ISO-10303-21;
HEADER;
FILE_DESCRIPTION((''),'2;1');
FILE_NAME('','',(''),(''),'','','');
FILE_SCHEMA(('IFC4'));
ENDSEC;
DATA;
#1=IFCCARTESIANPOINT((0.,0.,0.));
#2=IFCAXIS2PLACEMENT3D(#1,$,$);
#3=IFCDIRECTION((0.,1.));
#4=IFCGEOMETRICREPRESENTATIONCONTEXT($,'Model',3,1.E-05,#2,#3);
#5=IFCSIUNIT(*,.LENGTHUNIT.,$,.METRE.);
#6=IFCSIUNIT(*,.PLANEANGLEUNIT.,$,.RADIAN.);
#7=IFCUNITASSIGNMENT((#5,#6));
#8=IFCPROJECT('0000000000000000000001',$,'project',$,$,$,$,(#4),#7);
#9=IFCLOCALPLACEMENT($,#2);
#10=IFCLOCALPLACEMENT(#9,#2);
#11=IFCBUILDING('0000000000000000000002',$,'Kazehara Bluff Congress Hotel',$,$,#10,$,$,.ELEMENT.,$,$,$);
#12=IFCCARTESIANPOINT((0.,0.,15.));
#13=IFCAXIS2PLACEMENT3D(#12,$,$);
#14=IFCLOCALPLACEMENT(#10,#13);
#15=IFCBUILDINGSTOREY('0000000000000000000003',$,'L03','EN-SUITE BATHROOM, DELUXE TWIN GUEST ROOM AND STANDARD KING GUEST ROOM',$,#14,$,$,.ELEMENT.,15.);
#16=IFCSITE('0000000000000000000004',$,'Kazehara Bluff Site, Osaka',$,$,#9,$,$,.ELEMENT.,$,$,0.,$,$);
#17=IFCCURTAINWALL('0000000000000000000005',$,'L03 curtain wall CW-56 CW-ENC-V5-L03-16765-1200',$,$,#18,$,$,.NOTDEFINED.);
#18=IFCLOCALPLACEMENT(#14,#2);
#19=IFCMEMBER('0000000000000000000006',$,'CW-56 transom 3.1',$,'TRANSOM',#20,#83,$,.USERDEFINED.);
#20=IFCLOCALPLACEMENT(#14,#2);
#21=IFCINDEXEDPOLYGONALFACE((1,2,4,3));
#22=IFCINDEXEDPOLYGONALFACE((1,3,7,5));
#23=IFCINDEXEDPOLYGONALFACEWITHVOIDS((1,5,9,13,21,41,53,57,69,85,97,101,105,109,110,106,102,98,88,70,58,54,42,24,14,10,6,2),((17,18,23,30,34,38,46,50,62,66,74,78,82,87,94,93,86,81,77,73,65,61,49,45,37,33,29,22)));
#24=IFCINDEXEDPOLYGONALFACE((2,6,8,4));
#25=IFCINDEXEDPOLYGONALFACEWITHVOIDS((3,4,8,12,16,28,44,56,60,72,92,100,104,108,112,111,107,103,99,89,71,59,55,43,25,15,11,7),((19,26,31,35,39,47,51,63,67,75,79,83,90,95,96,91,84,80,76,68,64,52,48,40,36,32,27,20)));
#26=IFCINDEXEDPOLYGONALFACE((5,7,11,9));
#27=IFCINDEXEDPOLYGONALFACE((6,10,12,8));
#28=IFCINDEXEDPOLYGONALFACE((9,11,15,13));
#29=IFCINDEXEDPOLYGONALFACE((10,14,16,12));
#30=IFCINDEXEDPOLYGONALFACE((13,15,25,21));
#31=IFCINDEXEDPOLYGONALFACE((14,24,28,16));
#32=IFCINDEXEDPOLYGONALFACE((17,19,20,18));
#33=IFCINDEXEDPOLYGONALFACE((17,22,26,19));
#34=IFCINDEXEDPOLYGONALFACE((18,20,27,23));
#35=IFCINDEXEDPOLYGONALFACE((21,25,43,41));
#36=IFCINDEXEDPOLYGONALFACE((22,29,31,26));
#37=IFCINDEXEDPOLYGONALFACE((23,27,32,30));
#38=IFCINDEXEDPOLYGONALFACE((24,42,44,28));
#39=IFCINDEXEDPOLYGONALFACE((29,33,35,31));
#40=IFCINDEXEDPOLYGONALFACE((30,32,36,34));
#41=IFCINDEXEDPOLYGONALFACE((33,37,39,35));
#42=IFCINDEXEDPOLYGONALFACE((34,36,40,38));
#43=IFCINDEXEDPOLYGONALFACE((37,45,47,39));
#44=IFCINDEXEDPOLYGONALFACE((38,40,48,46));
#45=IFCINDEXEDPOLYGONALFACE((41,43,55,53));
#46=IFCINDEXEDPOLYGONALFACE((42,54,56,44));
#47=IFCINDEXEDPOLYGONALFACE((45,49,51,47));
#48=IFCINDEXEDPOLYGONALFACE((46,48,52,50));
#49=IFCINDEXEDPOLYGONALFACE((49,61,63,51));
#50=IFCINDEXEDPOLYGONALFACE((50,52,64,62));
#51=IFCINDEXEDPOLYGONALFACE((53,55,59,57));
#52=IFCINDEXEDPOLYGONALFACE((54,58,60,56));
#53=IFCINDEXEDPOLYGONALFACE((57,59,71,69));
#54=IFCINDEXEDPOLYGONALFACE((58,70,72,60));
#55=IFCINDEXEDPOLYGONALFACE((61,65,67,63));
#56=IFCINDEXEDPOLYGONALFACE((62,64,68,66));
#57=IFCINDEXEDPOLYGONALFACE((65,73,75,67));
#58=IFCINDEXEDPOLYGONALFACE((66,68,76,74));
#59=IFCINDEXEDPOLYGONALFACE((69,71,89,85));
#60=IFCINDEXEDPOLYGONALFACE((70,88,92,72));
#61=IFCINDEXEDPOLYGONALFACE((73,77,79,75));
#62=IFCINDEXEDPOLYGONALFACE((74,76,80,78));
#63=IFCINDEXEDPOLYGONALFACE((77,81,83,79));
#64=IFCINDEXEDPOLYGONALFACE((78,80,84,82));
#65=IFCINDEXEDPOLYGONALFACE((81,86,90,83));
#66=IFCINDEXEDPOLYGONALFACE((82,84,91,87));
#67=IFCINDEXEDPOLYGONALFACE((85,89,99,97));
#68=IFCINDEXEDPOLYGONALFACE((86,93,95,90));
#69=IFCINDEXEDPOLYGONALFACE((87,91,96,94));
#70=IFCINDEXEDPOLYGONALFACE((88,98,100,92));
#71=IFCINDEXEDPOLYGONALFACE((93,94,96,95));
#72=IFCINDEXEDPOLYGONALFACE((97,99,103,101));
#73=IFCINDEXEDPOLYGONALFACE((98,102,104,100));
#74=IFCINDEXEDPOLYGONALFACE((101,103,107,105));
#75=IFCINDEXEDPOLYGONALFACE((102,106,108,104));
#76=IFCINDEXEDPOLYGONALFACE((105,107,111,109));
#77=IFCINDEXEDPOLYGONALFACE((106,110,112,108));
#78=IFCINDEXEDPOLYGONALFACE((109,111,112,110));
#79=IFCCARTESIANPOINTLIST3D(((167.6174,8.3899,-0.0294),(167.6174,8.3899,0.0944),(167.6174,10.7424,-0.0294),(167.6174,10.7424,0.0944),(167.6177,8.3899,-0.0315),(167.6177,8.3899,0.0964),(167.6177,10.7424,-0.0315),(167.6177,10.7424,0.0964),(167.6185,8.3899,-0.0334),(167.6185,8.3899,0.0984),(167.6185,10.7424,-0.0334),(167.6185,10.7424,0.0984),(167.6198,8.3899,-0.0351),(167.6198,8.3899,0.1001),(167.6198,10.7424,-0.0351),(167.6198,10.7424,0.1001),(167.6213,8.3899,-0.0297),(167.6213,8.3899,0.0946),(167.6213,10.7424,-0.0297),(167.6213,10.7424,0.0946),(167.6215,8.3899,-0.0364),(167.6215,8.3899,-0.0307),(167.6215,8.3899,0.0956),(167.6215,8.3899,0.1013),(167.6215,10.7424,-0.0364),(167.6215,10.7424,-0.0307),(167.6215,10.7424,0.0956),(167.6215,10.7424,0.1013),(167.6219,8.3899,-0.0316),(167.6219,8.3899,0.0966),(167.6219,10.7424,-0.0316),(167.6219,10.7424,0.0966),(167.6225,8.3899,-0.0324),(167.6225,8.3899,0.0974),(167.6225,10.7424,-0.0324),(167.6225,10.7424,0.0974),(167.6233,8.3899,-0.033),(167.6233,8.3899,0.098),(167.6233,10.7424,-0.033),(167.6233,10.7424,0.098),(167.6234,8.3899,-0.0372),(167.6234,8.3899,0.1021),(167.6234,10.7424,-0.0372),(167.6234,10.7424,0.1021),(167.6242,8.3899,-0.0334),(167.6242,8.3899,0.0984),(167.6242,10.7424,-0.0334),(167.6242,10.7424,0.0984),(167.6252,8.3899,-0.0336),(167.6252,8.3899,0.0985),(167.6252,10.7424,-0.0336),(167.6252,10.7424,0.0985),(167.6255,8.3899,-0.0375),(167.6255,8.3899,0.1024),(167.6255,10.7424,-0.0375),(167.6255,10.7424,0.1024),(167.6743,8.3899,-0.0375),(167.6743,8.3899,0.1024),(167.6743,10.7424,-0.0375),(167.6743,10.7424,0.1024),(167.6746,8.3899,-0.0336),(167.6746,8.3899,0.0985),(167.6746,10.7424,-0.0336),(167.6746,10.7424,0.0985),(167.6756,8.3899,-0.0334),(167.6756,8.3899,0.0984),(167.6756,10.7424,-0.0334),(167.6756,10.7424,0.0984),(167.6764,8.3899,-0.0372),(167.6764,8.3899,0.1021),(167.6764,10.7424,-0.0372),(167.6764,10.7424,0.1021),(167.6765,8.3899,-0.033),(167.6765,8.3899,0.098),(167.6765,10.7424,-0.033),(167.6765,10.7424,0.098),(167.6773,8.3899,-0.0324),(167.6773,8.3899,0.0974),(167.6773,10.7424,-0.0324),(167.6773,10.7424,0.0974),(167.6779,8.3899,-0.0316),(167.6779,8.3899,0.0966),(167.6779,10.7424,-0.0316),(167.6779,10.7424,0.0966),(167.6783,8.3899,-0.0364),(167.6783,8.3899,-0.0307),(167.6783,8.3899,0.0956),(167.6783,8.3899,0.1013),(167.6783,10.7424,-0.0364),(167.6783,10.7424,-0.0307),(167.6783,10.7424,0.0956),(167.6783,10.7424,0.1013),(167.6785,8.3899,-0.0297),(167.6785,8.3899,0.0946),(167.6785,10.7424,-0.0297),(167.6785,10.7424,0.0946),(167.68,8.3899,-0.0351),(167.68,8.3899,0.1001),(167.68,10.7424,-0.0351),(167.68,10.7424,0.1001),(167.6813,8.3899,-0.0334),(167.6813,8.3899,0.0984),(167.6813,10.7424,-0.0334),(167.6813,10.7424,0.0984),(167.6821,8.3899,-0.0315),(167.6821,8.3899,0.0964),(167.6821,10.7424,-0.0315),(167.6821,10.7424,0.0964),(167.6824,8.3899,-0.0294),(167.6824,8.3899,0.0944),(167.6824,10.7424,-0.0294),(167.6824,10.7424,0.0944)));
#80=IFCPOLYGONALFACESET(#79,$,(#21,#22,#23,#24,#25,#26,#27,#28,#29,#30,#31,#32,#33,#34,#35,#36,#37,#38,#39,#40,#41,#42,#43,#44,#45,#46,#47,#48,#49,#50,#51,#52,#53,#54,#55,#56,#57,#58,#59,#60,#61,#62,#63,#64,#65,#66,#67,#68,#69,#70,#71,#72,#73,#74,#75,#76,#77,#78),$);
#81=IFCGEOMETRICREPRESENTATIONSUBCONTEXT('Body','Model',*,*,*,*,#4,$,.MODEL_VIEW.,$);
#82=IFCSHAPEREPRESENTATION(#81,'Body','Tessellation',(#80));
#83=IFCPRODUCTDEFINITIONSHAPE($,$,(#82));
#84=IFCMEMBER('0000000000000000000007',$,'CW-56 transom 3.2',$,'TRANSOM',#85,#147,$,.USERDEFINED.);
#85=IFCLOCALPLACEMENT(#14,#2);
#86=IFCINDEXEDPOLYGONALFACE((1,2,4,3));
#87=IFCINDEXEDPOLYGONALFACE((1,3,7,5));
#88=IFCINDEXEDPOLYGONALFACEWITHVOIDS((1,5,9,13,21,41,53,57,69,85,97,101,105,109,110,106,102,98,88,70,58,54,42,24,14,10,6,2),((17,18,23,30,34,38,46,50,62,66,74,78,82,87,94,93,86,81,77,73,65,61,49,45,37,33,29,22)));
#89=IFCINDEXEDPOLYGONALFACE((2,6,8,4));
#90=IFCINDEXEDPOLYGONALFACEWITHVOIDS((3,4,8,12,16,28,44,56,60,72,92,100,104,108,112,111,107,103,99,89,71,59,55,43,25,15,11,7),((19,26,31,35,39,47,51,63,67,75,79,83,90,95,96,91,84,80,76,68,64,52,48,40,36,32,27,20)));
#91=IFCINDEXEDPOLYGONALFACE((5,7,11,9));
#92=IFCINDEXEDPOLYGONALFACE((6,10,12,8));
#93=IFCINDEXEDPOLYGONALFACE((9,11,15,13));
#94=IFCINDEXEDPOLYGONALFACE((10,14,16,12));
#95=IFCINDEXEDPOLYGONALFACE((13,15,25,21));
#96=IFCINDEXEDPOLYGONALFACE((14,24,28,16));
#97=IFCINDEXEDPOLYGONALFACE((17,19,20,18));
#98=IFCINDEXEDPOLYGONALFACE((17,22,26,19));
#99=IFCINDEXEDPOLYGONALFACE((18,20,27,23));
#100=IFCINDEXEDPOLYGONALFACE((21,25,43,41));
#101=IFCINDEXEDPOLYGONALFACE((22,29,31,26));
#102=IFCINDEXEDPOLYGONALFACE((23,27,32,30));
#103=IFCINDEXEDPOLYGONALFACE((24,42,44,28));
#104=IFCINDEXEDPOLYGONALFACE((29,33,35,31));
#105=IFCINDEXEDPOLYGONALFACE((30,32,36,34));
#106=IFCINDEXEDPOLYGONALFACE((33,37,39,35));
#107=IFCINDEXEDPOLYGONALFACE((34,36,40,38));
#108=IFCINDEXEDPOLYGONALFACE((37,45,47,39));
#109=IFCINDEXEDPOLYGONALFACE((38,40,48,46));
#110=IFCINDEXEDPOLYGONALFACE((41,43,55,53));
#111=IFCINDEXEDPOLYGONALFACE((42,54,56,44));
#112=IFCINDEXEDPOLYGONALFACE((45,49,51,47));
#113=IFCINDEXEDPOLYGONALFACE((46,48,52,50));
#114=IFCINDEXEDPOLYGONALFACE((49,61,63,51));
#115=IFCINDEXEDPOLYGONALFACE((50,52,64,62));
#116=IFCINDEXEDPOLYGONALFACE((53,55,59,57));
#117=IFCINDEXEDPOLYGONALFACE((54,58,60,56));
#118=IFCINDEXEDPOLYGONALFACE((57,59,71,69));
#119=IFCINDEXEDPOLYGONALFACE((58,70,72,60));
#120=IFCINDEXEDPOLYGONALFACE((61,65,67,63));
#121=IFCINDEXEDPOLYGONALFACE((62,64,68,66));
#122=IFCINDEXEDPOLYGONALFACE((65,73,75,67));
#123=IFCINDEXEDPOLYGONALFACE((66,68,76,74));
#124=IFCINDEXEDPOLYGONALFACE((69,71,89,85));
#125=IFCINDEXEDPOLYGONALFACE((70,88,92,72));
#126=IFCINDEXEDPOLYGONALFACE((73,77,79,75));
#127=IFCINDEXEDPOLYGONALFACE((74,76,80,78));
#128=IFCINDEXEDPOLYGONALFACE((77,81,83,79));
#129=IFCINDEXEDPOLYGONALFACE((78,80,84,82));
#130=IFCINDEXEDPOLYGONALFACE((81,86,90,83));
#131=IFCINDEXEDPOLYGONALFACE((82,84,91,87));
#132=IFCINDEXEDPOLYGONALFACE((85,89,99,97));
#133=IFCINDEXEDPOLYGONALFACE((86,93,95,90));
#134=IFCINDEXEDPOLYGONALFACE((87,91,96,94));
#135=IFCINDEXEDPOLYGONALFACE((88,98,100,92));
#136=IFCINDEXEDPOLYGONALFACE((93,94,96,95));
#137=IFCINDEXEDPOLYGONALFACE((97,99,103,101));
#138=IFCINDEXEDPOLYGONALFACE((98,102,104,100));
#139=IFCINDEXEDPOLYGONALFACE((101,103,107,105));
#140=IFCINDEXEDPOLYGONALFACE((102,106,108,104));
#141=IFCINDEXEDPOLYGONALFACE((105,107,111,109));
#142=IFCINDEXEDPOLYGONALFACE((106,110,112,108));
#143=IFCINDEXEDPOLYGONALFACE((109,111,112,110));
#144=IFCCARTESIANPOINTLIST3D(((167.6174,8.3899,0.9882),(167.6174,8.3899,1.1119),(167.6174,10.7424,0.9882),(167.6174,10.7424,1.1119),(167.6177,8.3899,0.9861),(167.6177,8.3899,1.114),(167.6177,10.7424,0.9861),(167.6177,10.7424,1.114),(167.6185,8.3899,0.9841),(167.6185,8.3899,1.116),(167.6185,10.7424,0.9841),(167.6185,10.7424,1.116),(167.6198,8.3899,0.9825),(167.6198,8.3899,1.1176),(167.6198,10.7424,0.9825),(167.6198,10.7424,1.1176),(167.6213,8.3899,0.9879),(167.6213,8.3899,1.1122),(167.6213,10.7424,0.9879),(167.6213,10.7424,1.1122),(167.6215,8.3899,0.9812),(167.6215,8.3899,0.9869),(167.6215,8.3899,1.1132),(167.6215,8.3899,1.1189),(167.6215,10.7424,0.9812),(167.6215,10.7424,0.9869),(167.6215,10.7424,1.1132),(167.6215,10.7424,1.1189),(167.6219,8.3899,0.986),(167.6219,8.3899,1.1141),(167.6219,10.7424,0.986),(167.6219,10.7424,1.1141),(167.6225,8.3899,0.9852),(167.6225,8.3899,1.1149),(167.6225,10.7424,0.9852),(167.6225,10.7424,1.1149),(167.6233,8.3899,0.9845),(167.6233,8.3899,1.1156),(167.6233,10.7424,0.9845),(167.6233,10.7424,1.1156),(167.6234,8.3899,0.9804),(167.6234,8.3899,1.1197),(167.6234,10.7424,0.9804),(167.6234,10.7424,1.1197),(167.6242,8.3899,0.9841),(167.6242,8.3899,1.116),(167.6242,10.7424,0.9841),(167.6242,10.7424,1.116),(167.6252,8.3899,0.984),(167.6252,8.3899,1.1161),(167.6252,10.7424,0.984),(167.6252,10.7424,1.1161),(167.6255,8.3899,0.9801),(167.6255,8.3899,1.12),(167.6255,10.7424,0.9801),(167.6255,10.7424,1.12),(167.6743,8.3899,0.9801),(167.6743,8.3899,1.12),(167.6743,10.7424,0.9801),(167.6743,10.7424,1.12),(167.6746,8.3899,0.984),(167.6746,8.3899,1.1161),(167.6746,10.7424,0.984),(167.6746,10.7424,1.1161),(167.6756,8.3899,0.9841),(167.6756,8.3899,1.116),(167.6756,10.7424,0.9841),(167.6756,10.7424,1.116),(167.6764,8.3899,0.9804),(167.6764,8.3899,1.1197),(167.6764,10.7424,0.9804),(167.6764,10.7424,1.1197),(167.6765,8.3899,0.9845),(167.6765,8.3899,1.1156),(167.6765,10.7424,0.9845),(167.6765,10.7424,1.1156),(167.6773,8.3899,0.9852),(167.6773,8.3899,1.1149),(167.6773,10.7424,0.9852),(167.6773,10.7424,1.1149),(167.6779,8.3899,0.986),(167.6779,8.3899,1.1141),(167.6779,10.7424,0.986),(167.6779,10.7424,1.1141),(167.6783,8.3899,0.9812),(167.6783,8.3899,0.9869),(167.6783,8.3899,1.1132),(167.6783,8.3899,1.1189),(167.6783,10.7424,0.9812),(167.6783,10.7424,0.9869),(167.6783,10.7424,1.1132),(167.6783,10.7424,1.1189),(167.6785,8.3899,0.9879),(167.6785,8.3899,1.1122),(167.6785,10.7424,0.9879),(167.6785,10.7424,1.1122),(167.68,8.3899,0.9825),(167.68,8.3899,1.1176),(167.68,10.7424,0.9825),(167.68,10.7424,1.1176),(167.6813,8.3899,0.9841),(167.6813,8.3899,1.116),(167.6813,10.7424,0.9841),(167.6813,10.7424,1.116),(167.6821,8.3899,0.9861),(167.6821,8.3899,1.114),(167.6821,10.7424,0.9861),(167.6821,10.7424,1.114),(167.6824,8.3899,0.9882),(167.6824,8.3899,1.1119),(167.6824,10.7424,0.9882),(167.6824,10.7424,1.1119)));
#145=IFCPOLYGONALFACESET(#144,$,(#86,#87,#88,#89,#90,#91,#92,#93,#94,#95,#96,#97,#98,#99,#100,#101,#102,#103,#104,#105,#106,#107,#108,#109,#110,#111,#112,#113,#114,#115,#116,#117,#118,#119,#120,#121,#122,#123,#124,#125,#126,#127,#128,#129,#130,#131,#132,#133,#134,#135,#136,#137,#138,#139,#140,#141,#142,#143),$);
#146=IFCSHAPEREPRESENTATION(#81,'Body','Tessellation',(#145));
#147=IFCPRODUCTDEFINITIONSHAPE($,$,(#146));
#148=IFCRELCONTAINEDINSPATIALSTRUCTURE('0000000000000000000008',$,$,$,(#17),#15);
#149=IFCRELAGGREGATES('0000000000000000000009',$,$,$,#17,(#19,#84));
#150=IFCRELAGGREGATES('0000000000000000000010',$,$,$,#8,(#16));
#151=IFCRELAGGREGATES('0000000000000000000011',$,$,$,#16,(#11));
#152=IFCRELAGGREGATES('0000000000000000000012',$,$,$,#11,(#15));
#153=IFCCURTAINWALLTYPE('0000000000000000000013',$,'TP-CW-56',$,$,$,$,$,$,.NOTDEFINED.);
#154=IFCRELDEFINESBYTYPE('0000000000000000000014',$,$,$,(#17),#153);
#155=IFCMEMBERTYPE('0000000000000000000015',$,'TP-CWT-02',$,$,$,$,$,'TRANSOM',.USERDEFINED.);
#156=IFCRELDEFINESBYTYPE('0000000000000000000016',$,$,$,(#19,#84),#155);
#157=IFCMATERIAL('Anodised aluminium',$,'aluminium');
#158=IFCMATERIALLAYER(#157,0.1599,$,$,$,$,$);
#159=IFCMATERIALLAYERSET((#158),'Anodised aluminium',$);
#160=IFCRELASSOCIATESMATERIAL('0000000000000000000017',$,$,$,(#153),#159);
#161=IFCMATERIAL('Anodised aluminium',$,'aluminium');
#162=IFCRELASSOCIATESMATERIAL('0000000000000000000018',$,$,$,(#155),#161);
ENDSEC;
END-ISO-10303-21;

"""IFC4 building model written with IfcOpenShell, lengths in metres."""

from ifc_helpers import new_model, si_unit, direction, frame, origin, origin_2d, place, context, subcontext, project, spatial, hollow_rectangle, extrude, material, layer, layer_set, material_profile, profile_set, type_object, element, aggregate, save


model = new_model("IFC4")

# Units and contexts
model_context = context("Model", 3, precision=1e-05, world=origin(), true_north=direction((0.0, 1.0)))
body_context = subcontext(model_context, "Body", "Model", "MODEL_VIEW")
ifc_project = project(units=[si_unit("LENGTHUNIT", "METRE"), si_unit("PLANEANGLEUNIT", "RADIAN")], contexts=[model_context])

# Site, building, storey
site_placement = place(None, origin())
site = spatial("IfcSite", under=ifc_project, at=site_placement, Name="Kazehara Bluff Site, Osaka", CompositionType="ELEMENT", RefElevation=0.0)
building_placement = place(site_placement, origin())
building = spatial("IfcBuilding", under=site, at=building_placement, Name="Kazehara Bluff Congress Hotel", CompositionType="ELEMENT")
storey_placement = place(building_placement, frame((0.0, 0.0, 15.0)))
storey = spatial("IfcBuildingStorey", under=building, at=storey_placement, Name="L03", Description="EN-SUITE BATHROOM, DELUXE TWIN GUEST ROOM AND STANDARD KING GUEST ROOM", CompositionType="ELEMENT", Elevation=15.0)

# Curtain wall
ifc_material_1 = material(Name="Anodised aluminium", Category="aluminium")
ifc_layer_1 = layer(ifc_material_1, 0.1599)
ifc_layer_set_1 = layer_set([ifc_layer_1], Name="Anodised aluminium")
curtain_wall_type_1 = type_object("IfcCurtainWallType", Name="TP-CW-56", PredefinedType="NOTDEFINED", material=ifc_layer_set_1)
curtain_wall_1_placement = place(storey_placement, origin())
curtain_wall_1 = element("IfcCurtainWall", 1, at=curtain_wall_1_placement, inside=storey, type_object=curtain_wall_type_1, Name="L03 curtain wall CW-56 CW-ENC-V5-L03-16765-1200", PredefinedType="NOTDEFINED")

# Members
ifc_material_2 = material(Name="Anodised aluminium", Category="aluminium")
ifc_material_profile_1 = material_profile(ifc_material_2, hollow_rectangle(XDim=0.0649, YDim=0.1399, WallThickness=0.0039, InnerFilletRadius=0.0039, OuterFilletRadius=0.0081, at=origin_2d()))
ifc_profile_set_1 = profile_set([ifc_material_profile_1], Name="Anodised aluminium")
member_type_1 = type_object("IfcMemberType", Name="TP-CWT-02", ElementType="TRANSOM", PredefinedType="USERDEFINED", material=ifc_profile_set_1)
member_1_placement = place(storey_placement, frame((167.6499, 10.7424, 0.0325), z_axis=(0.0, -1.0, 0.0), x_axis=(1.0, 0.0, 0.0)))
member_1 = element("IfcMember", 2, at=member_1_placement, type_object=member_type_1, Name="CW-56 transom 3.1", ObjectType="TRANSOM", PredefinedType="USERDEFINED", context=body_context, shape_type="SweptSolid", body=[
    extrude(hollow_rectangle(XDim=0.0649, YDim=0.1399, WallThickness=0.0039, InnerFilletRadius=0.0039, OuterFilletRadius=0.0081, at=origin_2d()), origin(), (0.0, 0.0, 1.0), 2.3525),
])
member_2_placement = place(storey_placement, frame((167.6499, 10.7424, 1.05), z_axis=(0.0, -1.0, 0.0), x_axis=(1.0, 0.0, 0.0)))
member_2 = element("IfcMember", 3, at=member_2_placement, type_object=member_type_1, Name="CW-56 transom 3.2", ObjectType="TRANSOM", PredefinedType="USERDEFINED", context=body_context, shape_type="SweptSolid", body=[
    extrude(hollow_rectangle(XDim=0.0649, YDim=0.1399, WallThickness=0.0039, InnerFilletRadius=0.0039, OuterFilletRadius=0.0081, at=origin_2d()), origin(), (0.0, 0.0, 1.0), 2.3525),
])

aggregate(curtain_wall_1, [member_1, member_2])

save(model, "model.ifc")
